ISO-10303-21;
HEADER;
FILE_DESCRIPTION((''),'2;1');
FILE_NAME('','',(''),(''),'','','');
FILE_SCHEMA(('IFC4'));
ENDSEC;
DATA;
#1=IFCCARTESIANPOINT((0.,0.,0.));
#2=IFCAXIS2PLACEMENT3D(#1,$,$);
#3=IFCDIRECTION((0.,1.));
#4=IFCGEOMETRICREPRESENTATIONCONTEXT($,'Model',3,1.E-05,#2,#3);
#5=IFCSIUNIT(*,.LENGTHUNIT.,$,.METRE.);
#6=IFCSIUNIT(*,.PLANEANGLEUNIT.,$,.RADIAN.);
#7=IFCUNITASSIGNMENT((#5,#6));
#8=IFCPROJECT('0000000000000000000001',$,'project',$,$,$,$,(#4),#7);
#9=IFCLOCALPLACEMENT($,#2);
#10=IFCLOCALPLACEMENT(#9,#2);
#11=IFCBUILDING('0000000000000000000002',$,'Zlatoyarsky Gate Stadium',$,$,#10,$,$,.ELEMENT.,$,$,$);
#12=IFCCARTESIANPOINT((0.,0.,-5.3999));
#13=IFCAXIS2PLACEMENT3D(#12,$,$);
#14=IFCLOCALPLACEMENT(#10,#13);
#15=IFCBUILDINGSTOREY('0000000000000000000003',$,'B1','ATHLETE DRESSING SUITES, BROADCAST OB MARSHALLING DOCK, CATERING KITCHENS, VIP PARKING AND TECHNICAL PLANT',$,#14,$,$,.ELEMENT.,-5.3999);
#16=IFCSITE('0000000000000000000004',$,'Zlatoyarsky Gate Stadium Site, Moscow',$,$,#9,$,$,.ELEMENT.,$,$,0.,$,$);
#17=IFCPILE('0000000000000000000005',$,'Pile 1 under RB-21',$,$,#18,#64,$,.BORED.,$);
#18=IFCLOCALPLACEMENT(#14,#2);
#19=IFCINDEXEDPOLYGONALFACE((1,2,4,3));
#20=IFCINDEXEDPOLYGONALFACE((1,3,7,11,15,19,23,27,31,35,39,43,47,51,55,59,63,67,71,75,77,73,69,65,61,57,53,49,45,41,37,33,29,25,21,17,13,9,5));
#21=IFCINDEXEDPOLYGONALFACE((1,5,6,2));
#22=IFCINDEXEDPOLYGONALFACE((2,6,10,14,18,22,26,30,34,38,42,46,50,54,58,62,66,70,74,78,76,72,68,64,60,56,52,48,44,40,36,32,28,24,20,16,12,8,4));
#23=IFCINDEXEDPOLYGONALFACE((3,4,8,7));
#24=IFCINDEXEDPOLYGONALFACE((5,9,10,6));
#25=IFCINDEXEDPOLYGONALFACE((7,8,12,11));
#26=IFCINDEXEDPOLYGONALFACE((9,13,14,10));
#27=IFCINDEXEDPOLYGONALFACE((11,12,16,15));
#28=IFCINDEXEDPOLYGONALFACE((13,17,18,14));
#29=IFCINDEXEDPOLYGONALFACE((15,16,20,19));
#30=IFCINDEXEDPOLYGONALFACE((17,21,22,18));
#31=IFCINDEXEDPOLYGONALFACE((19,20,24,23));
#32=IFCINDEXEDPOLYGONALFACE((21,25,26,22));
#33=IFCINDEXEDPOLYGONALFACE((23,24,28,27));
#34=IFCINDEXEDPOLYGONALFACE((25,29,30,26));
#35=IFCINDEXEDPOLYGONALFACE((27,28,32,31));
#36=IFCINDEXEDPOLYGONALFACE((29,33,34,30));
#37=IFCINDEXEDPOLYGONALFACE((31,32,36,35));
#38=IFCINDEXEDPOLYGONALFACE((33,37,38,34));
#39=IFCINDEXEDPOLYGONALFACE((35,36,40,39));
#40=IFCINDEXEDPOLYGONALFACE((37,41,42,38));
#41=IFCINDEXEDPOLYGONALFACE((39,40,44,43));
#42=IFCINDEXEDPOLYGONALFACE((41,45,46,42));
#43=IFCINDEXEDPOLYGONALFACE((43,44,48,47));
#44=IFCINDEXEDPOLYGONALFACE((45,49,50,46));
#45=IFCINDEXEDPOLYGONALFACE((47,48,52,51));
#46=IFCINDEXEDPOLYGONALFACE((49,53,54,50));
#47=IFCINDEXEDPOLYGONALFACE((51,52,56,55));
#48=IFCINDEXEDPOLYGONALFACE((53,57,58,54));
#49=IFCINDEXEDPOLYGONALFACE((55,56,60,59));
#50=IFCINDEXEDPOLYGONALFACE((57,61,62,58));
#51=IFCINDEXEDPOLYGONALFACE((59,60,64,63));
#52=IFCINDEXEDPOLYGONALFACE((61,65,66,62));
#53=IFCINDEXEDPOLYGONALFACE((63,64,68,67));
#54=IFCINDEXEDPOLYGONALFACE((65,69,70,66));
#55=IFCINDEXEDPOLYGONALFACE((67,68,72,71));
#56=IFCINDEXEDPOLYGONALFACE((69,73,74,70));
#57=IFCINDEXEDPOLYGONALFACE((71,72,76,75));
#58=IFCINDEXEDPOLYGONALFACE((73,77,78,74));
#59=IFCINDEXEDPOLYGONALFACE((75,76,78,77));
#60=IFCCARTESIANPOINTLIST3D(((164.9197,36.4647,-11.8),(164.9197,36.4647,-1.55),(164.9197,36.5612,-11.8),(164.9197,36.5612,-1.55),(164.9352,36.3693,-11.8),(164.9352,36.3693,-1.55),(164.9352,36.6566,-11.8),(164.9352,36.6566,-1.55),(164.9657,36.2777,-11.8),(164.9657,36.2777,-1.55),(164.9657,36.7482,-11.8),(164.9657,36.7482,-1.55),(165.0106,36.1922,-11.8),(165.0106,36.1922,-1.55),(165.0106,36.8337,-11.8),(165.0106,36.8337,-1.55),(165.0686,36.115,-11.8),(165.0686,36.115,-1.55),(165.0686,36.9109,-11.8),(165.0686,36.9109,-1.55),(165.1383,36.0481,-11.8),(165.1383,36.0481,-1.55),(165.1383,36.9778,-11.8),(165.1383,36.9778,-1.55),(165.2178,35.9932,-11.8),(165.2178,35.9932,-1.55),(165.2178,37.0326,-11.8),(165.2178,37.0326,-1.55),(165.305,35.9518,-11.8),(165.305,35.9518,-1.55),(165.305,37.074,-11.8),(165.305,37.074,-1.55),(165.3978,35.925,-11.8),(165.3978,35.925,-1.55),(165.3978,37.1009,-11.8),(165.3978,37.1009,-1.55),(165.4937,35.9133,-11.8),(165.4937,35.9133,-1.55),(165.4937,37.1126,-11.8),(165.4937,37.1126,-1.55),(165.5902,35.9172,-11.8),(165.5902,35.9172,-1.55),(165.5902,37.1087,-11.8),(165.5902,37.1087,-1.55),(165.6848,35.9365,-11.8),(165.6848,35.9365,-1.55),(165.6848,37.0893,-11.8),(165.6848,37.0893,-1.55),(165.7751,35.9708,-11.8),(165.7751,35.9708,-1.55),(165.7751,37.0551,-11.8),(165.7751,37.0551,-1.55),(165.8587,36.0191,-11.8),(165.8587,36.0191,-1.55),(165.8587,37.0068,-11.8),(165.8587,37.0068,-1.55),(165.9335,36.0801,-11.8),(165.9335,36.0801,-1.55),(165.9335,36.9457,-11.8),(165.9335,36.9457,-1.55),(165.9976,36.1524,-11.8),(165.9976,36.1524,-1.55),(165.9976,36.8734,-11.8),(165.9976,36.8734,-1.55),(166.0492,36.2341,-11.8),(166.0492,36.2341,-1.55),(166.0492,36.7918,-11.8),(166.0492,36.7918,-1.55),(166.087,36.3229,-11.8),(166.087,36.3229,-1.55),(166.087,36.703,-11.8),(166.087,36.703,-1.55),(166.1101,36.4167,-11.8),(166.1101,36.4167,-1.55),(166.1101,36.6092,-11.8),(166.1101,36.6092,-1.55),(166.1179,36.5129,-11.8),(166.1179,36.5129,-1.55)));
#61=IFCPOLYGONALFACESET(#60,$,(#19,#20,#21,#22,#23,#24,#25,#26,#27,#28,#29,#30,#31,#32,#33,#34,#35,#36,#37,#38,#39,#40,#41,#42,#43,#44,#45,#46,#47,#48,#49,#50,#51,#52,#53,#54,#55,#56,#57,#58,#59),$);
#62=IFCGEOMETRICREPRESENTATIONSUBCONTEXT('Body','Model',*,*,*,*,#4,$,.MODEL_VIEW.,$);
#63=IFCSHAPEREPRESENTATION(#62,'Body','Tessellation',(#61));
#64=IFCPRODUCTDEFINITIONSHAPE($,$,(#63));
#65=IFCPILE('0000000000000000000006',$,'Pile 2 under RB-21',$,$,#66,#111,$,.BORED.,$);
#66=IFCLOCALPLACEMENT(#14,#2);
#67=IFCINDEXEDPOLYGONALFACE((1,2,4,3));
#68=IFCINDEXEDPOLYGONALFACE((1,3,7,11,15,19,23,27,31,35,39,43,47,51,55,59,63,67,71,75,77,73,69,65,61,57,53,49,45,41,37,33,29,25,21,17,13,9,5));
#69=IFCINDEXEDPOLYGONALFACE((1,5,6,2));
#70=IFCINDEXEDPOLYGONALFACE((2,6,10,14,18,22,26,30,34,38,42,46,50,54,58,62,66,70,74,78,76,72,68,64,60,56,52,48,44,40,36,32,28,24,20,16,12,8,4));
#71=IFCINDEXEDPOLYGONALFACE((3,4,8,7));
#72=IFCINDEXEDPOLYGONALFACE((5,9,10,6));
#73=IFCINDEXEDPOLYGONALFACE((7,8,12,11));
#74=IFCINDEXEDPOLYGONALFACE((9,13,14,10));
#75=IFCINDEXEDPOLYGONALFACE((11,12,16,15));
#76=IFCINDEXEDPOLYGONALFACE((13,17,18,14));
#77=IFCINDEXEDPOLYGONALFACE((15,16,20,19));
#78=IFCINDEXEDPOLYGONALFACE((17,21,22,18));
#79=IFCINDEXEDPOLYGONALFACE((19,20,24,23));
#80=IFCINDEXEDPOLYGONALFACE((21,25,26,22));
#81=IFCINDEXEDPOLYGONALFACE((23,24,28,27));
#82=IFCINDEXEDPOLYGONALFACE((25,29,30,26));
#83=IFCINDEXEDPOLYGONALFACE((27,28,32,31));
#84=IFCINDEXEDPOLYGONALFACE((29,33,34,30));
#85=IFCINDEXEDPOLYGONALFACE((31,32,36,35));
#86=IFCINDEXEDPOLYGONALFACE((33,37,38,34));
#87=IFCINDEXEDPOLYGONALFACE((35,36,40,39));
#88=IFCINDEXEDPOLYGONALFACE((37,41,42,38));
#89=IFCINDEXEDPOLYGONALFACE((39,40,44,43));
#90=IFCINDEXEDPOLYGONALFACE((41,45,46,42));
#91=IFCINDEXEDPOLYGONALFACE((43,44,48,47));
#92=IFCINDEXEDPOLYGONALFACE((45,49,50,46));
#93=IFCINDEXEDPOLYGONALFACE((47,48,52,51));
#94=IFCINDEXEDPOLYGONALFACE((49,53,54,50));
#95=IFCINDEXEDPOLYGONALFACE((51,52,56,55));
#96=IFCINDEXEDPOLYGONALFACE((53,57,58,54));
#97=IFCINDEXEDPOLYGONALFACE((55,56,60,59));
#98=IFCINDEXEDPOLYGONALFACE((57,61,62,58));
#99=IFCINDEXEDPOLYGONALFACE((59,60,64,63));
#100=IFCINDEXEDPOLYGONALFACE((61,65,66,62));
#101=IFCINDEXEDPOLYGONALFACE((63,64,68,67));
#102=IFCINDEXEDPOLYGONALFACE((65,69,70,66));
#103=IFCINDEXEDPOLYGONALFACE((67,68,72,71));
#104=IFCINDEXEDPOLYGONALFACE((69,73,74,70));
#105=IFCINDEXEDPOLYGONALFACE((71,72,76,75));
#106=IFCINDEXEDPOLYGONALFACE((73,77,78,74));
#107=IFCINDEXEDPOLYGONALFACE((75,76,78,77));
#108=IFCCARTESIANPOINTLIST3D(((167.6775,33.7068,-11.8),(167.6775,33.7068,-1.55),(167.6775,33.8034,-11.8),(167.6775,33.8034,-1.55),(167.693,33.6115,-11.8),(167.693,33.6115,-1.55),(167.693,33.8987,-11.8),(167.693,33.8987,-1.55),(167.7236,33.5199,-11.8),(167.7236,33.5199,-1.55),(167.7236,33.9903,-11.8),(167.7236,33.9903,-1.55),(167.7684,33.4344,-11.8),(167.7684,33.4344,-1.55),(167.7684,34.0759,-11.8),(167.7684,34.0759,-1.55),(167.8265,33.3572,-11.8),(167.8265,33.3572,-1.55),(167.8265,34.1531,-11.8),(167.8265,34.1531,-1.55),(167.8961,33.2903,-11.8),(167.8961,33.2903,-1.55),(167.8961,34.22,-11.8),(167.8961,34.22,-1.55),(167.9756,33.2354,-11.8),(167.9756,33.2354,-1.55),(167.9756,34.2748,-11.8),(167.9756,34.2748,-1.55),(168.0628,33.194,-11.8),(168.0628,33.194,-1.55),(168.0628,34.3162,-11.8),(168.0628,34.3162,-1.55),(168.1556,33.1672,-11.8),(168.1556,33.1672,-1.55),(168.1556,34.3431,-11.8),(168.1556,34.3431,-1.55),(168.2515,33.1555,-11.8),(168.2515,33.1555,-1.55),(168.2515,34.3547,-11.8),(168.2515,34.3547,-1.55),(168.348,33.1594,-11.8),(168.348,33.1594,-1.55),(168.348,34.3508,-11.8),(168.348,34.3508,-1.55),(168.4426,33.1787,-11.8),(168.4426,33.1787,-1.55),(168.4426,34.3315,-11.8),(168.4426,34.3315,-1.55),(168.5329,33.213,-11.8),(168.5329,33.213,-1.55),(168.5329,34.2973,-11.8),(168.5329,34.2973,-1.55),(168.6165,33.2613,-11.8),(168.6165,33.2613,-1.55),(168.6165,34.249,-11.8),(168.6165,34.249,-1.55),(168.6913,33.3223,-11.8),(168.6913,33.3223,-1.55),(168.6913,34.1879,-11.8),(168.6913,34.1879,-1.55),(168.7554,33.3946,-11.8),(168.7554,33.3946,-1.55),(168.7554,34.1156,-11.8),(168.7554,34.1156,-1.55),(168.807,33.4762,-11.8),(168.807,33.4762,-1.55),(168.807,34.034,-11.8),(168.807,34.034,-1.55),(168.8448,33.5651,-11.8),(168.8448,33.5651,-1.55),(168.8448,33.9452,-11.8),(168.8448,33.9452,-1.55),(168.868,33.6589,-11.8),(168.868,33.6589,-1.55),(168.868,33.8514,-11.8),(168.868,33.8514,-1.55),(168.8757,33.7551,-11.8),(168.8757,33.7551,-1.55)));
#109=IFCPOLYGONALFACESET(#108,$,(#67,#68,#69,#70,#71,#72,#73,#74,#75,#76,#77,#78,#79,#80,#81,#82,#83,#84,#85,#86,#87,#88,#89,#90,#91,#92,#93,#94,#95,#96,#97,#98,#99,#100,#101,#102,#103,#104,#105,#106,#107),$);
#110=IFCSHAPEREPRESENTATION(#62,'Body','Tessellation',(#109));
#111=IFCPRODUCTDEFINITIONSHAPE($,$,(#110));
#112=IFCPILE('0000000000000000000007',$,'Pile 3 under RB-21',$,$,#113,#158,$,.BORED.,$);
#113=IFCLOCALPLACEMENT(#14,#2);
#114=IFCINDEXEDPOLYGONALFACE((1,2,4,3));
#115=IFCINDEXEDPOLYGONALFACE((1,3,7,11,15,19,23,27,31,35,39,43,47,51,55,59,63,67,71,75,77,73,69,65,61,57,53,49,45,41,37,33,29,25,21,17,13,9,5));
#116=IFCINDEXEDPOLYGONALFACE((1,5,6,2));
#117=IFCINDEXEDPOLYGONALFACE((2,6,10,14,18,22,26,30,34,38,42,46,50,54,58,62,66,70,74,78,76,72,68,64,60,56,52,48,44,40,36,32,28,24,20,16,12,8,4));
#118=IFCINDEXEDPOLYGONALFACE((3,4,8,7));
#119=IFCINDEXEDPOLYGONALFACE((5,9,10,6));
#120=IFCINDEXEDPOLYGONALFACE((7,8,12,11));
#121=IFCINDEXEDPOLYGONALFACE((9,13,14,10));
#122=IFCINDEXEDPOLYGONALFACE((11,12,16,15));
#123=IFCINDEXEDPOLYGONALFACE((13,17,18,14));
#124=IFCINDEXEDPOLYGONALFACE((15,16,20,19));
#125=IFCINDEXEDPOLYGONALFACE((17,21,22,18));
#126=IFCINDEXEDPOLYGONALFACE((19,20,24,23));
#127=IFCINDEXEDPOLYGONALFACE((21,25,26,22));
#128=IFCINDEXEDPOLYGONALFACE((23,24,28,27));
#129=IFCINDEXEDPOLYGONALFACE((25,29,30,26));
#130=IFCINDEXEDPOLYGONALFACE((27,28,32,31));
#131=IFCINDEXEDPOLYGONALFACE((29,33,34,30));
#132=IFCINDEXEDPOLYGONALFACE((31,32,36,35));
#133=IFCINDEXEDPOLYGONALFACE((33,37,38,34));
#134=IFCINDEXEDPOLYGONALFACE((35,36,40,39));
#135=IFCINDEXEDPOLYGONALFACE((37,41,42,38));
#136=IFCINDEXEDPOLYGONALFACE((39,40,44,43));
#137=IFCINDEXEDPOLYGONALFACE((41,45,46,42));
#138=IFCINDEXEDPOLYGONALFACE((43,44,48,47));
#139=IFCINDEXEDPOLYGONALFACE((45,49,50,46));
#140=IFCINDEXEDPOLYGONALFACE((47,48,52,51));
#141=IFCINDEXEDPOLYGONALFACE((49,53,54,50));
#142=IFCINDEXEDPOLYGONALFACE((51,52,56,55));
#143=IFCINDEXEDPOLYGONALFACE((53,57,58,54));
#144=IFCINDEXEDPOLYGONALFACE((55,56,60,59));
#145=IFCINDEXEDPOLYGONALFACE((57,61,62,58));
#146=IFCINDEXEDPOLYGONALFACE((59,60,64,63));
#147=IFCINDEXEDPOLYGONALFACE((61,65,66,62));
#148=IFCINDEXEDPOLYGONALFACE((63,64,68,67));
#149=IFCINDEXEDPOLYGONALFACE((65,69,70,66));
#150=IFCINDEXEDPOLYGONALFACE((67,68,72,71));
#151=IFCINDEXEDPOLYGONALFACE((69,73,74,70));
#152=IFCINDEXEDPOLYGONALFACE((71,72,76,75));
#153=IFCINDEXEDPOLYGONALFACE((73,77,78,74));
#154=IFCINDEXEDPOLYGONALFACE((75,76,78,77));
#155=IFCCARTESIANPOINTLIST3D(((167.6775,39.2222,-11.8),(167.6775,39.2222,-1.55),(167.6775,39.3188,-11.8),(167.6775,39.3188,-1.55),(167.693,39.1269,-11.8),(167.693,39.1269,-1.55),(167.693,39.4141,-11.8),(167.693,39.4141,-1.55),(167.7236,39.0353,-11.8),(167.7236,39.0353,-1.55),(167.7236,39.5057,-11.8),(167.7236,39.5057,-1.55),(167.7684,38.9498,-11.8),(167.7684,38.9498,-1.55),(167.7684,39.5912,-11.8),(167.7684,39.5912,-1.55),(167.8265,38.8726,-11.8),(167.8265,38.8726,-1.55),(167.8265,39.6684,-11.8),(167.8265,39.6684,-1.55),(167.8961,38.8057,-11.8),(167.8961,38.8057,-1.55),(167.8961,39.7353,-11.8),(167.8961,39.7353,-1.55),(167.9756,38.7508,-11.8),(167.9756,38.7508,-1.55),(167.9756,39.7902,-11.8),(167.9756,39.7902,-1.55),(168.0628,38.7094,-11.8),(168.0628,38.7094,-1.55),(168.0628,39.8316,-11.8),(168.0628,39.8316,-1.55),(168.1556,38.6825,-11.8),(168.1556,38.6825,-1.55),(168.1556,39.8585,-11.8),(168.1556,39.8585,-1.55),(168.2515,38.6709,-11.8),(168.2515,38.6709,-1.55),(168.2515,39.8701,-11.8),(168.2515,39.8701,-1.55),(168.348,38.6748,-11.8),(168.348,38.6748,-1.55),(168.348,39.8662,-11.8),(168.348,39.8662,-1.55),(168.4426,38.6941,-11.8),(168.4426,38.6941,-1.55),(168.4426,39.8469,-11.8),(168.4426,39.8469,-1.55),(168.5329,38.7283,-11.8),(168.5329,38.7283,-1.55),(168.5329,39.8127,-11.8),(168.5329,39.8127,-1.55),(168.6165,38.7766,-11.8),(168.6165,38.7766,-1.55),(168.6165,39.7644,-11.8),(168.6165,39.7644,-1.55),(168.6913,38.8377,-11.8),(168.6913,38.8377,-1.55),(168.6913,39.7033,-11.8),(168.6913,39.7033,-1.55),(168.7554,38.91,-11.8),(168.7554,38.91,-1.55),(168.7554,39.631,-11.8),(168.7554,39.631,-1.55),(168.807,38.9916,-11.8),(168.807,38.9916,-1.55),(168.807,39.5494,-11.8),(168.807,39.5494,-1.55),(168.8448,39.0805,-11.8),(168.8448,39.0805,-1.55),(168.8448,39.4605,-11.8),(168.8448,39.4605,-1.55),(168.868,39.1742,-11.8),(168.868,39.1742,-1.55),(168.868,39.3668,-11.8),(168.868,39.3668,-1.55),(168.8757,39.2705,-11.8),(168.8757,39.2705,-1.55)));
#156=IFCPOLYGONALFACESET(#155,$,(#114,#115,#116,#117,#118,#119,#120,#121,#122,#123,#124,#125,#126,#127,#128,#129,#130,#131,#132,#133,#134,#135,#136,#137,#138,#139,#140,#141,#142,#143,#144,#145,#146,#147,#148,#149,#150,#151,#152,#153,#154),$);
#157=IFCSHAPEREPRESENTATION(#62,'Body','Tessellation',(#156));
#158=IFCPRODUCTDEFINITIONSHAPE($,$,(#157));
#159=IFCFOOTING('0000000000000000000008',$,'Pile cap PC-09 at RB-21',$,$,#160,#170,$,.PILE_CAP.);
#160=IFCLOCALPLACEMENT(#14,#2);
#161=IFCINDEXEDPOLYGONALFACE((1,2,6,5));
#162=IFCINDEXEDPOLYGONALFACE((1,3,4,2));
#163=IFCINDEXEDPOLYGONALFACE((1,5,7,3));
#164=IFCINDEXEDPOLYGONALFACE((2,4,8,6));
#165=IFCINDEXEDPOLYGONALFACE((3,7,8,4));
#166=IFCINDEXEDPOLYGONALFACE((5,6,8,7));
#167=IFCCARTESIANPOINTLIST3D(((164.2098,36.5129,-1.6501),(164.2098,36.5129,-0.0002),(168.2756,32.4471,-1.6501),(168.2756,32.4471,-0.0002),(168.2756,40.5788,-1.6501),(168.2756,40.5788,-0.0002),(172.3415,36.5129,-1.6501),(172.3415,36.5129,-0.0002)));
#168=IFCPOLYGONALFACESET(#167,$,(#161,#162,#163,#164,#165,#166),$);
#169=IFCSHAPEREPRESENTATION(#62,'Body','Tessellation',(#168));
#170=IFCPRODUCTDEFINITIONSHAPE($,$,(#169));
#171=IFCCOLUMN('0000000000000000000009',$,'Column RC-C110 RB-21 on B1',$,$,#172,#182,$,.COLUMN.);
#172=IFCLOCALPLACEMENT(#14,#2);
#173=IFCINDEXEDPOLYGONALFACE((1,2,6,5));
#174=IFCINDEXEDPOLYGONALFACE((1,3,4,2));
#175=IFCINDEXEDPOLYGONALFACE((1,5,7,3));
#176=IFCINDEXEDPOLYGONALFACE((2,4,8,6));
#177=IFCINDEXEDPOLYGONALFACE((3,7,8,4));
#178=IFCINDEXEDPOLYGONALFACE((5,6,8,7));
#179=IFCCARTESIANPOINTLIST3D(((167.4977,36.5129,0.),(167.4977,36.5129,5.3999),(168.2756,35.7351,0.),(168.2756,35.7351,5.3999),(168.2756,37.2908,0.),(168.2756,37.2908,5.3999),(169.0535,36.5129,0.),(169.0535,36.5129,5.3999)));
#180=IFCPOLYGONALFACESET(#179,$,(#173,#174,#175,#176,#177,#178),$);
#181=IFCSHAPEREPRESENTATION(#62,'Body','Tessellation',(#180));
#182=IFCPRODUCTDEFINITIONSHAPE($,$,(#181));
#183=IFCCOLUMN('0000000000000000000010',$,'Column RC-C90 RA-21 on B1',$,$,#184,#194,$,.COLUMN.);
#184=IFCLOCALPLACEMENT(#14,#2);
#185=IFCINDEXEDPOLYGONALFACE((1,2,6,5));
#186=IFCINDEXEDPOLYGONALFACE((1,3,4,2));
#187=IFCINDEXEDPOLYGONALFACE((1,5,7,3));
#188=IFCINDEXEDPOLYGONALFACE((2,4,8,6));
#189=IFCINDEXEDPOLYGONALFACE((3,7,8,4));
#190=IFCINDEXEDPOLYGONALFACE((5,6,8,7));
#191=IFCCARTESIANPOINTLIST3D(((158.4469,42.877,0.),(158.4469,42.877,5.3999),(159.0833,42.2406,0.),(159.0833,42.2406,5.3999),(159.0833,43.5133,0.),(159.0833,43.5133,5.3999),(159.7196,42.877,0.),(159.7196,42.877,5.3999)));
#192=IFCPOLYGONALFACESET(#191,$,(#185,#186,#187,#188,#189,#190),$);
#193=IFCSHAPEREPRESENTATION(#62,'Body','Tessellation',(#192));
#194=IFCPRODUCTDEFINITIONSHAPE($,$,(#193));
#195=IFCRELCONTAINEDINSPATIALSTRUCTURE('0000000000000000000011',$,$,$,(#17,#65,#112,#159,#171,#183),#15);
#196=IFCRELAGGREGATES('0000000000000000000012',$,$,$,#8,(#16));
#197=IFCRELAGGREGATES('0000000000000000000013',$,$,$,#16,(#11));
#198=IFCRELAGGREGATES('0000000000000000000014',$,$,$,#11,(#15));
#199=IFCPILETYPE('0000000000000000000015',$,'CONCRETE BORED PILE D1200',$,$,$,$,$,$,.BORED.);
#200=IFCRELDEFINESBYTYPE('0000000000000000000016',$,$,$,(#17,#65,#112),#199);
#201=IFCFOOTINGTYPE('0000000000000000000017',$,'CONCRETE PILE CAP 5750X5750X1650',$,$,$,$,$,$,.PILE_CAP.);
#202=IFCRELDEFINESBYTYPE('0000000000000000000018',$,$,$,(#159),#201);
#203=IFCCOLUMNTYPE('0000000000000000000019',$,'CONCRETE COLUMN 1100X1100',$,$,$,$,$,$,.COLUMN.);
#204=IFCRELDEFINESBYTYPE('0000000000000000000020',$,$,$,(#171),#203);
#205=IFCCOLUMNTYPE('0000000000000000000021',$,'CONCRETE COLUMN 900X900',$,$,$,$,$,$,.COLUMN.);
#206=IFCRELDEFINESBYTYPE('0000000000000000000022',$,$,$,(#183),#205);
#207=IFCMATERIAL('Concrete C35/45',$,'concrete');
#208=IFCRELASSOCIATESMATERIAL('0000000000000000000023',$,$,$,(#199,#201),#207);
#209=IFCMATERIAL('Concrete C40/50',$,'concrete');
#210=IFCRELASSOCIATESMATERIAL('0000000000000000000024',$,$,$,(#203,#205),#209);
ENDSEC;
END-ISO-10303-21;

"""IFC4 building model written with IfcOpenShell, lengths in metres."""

from ifc_helpers import new_model, si_unit, direction, frame, origin, origin_2d, place, context, subcontext, project, spatial, rectangle, circle, extrude, material, material_profile, profile_set, type_object, element, save


model = new_model("IFC4")

# Units and contexts
model_context = context("Model", 3, precision=1e-05, world=origin(), true_north=direction((0.0, 1.0)))
body_context = subcontext(model_context, "Body", "Model", "MODEL_VIEW")
ifc_project = project(units=[si_unit("LENGTHUNIT", "METRE"), si_unit("PLANEANGLEUNIT", "RADIAN")], contexts=[model_context])

# Site, building, storey
site_placement = place(None, origin())
site = spatial("IfcSite", under=ifc_project, at=site_placement, Name="Zlatoyarsky Gate Stadium Site, Moscow", CompositionType="ELEMENT", RefElevation=0.0)
building_placement = place(site_placement, origin())
building = spatial("IfcBuilding", under=site, at=building_placement, Name="Zlatoyarsky Gate Stadium", CompositionType="ELEMENT")
storey_placement = place(building_placement, frame((0.0, 0.0, -5.3999)))
storey = spatial("IfcBuildingStorey", under=building, at=storey_placement, Name="B1", Description="ATHLETE DRESSING SUITES, BROADCAST OB MARSHALLING DOCK, CATERING KITCHENS, VIP PARKING AND TECHNICAL PLANT", CompositionType="ELEMENT", Elevation=-5.3999)

# Piles
ifc_material_1 = material(Name="Concrete C35/45", Category="concrete")
ifc_material_profile_1 = material_profile(ifc_material_1, circle(Radius=0.6001, at=origin_2d()), Name="BORED PILE D1200")
ifc_profile_set_1 = profile_set([ifc_material_profile_1], Name="Concrete C35/45")
pile_type = type_object("IfcPileType", Name="CONCRETE BORED PILE D1200", PredefinedType="BORED", material=ifc_profile_set_1)
for number, where, z_axis, x_axis, name in (
    (1, (165.5178, 36.5129, -1.55), (0.0, 0.0, -1.0), (1.0, 0.0, 0.0), "Pile 1 under RB-21"),
    (2, (168.2756, 33.7551, -1.55), (0.0, 0.0, -1.0), (1.0, 0.0, 0.0), "Pile 2 under RB-21"),
    (3, (168.2756, 39.2705, -1.55), (0.0, 0.0, -1.0), (1.0, 0.0, 0.0), "Pile 3 under RB-21"),
):
    element("IfcPile", number, at=place(storey_placement, frame(where, z_axis=z_axis, x_axis=x_axis)), inside=storey, type_object=pile_type, Name=name, PredefinedType="BORED", context=body_context, shape_type="SweptSolid", body=[
        extrude(circle(Radius=0.6001, at=origin_2d()), origin(), (0.0, 0.0, 1.0), 10.25),
    ])

# Footing
footing_type = type_object("IfcFootingType", Name="CONCRETE PILE CAP 5750X5750X1650", PredefinedType="PILE_CAP", material=ifc_material_1)
footing_placement = place(storey_placement, frame((168.2756, 36.5129, -1.6501), z_axis=(0.0, 0.0, 1.0), x_axis=(0.707107, -0.707107, 0.0)))
element("IfcFooting", 4, at=footing_placement, inside=storey, type_object=footing_type, Name="Pile cap PC-09 at RB-21", PredefinedType="PILE_CAP", context=body_context, shape_type="SweptSolid", body=[
    extrude(rectangle(XDim=5.75, YDim=5.75, at=origin_2d()), origin(), (0.0, 0.0, 1.0), 1.6499),
])

# Columns
ifc_material_2 = material(Name="Concrete C40/50", Category="concrete")
ifc_material_profile_2 = material_profile(ifc_material_2, rectangle(XDim=1.1001, YDim=1.1001, at=origin_2d()), Name="RC COL 1100X1100")
ifc_profile_set_2 = profile_set([ifc_material_profile_2], Name="Concrete C40/50")
column_type_1 = type_object("IfcColumnType", Name="CONCRETE COLUMN 1100X1100", PredefinedType="COLUMN", material=ifc_profile_set_2)
column_1_placement = place(storey_placement, frame((168.2756, 36.5129, 0.0), z_axis=(0.0, 0.0, 1.0), x_axis=(0.707107, -0.707107, 0.0)))
element("IfcColumn", 5, at=column_1_placement, inside=storey, type_object=column_type_1, Name="Column RC-C110 RB-21 on B1", PredefinedType="COLUMN", context=body_context, shape_type="SweptSolid", body=[
    extrude(rectangle(XDim=1.1001, YDim=1.1001, at=origin_2d()), origin(), (0.0, 0.0, 1.0), 5.3999),
])
ifc_material_profile_3 = material_profile(ifc_material_2, rectangle(XDim=0.8999, YDim=0.8999, at=origin_2d()), Name="RC COL 900X900")
ifc_profile_set_3 = profile_set([ifc_material_profile_3], Name="Concrete C40/50")
column_type_2 = type_object("IfcColumnType", Name="CONCRETE COLUMN 900X900", PredefinedType="COLUMN", material=ifc_profile_set_3)
column_2_placement = place(storey_placement, frame((159.0833, 42.877, 0.0), z_axis=(0.0, 0.0, 1.0), x_axis=(0.707107, -0.707107, 0.0)))
element("IfcColumn", 6, at=column_2_placement, inside=storey, type_object=column_type_2, Name="Column RC-C90 RA-21 on B1", PredefinedType="COLUMN", context=body_context, shape_type="SweptSolid", body=[
    extrude(rectangle(XDim=0.8999, YDim=0.8999, at=origin_2d()), origin(), (0.0, 0.0, 1.0), 5.3999),
])

save(model, "model.ifc")
